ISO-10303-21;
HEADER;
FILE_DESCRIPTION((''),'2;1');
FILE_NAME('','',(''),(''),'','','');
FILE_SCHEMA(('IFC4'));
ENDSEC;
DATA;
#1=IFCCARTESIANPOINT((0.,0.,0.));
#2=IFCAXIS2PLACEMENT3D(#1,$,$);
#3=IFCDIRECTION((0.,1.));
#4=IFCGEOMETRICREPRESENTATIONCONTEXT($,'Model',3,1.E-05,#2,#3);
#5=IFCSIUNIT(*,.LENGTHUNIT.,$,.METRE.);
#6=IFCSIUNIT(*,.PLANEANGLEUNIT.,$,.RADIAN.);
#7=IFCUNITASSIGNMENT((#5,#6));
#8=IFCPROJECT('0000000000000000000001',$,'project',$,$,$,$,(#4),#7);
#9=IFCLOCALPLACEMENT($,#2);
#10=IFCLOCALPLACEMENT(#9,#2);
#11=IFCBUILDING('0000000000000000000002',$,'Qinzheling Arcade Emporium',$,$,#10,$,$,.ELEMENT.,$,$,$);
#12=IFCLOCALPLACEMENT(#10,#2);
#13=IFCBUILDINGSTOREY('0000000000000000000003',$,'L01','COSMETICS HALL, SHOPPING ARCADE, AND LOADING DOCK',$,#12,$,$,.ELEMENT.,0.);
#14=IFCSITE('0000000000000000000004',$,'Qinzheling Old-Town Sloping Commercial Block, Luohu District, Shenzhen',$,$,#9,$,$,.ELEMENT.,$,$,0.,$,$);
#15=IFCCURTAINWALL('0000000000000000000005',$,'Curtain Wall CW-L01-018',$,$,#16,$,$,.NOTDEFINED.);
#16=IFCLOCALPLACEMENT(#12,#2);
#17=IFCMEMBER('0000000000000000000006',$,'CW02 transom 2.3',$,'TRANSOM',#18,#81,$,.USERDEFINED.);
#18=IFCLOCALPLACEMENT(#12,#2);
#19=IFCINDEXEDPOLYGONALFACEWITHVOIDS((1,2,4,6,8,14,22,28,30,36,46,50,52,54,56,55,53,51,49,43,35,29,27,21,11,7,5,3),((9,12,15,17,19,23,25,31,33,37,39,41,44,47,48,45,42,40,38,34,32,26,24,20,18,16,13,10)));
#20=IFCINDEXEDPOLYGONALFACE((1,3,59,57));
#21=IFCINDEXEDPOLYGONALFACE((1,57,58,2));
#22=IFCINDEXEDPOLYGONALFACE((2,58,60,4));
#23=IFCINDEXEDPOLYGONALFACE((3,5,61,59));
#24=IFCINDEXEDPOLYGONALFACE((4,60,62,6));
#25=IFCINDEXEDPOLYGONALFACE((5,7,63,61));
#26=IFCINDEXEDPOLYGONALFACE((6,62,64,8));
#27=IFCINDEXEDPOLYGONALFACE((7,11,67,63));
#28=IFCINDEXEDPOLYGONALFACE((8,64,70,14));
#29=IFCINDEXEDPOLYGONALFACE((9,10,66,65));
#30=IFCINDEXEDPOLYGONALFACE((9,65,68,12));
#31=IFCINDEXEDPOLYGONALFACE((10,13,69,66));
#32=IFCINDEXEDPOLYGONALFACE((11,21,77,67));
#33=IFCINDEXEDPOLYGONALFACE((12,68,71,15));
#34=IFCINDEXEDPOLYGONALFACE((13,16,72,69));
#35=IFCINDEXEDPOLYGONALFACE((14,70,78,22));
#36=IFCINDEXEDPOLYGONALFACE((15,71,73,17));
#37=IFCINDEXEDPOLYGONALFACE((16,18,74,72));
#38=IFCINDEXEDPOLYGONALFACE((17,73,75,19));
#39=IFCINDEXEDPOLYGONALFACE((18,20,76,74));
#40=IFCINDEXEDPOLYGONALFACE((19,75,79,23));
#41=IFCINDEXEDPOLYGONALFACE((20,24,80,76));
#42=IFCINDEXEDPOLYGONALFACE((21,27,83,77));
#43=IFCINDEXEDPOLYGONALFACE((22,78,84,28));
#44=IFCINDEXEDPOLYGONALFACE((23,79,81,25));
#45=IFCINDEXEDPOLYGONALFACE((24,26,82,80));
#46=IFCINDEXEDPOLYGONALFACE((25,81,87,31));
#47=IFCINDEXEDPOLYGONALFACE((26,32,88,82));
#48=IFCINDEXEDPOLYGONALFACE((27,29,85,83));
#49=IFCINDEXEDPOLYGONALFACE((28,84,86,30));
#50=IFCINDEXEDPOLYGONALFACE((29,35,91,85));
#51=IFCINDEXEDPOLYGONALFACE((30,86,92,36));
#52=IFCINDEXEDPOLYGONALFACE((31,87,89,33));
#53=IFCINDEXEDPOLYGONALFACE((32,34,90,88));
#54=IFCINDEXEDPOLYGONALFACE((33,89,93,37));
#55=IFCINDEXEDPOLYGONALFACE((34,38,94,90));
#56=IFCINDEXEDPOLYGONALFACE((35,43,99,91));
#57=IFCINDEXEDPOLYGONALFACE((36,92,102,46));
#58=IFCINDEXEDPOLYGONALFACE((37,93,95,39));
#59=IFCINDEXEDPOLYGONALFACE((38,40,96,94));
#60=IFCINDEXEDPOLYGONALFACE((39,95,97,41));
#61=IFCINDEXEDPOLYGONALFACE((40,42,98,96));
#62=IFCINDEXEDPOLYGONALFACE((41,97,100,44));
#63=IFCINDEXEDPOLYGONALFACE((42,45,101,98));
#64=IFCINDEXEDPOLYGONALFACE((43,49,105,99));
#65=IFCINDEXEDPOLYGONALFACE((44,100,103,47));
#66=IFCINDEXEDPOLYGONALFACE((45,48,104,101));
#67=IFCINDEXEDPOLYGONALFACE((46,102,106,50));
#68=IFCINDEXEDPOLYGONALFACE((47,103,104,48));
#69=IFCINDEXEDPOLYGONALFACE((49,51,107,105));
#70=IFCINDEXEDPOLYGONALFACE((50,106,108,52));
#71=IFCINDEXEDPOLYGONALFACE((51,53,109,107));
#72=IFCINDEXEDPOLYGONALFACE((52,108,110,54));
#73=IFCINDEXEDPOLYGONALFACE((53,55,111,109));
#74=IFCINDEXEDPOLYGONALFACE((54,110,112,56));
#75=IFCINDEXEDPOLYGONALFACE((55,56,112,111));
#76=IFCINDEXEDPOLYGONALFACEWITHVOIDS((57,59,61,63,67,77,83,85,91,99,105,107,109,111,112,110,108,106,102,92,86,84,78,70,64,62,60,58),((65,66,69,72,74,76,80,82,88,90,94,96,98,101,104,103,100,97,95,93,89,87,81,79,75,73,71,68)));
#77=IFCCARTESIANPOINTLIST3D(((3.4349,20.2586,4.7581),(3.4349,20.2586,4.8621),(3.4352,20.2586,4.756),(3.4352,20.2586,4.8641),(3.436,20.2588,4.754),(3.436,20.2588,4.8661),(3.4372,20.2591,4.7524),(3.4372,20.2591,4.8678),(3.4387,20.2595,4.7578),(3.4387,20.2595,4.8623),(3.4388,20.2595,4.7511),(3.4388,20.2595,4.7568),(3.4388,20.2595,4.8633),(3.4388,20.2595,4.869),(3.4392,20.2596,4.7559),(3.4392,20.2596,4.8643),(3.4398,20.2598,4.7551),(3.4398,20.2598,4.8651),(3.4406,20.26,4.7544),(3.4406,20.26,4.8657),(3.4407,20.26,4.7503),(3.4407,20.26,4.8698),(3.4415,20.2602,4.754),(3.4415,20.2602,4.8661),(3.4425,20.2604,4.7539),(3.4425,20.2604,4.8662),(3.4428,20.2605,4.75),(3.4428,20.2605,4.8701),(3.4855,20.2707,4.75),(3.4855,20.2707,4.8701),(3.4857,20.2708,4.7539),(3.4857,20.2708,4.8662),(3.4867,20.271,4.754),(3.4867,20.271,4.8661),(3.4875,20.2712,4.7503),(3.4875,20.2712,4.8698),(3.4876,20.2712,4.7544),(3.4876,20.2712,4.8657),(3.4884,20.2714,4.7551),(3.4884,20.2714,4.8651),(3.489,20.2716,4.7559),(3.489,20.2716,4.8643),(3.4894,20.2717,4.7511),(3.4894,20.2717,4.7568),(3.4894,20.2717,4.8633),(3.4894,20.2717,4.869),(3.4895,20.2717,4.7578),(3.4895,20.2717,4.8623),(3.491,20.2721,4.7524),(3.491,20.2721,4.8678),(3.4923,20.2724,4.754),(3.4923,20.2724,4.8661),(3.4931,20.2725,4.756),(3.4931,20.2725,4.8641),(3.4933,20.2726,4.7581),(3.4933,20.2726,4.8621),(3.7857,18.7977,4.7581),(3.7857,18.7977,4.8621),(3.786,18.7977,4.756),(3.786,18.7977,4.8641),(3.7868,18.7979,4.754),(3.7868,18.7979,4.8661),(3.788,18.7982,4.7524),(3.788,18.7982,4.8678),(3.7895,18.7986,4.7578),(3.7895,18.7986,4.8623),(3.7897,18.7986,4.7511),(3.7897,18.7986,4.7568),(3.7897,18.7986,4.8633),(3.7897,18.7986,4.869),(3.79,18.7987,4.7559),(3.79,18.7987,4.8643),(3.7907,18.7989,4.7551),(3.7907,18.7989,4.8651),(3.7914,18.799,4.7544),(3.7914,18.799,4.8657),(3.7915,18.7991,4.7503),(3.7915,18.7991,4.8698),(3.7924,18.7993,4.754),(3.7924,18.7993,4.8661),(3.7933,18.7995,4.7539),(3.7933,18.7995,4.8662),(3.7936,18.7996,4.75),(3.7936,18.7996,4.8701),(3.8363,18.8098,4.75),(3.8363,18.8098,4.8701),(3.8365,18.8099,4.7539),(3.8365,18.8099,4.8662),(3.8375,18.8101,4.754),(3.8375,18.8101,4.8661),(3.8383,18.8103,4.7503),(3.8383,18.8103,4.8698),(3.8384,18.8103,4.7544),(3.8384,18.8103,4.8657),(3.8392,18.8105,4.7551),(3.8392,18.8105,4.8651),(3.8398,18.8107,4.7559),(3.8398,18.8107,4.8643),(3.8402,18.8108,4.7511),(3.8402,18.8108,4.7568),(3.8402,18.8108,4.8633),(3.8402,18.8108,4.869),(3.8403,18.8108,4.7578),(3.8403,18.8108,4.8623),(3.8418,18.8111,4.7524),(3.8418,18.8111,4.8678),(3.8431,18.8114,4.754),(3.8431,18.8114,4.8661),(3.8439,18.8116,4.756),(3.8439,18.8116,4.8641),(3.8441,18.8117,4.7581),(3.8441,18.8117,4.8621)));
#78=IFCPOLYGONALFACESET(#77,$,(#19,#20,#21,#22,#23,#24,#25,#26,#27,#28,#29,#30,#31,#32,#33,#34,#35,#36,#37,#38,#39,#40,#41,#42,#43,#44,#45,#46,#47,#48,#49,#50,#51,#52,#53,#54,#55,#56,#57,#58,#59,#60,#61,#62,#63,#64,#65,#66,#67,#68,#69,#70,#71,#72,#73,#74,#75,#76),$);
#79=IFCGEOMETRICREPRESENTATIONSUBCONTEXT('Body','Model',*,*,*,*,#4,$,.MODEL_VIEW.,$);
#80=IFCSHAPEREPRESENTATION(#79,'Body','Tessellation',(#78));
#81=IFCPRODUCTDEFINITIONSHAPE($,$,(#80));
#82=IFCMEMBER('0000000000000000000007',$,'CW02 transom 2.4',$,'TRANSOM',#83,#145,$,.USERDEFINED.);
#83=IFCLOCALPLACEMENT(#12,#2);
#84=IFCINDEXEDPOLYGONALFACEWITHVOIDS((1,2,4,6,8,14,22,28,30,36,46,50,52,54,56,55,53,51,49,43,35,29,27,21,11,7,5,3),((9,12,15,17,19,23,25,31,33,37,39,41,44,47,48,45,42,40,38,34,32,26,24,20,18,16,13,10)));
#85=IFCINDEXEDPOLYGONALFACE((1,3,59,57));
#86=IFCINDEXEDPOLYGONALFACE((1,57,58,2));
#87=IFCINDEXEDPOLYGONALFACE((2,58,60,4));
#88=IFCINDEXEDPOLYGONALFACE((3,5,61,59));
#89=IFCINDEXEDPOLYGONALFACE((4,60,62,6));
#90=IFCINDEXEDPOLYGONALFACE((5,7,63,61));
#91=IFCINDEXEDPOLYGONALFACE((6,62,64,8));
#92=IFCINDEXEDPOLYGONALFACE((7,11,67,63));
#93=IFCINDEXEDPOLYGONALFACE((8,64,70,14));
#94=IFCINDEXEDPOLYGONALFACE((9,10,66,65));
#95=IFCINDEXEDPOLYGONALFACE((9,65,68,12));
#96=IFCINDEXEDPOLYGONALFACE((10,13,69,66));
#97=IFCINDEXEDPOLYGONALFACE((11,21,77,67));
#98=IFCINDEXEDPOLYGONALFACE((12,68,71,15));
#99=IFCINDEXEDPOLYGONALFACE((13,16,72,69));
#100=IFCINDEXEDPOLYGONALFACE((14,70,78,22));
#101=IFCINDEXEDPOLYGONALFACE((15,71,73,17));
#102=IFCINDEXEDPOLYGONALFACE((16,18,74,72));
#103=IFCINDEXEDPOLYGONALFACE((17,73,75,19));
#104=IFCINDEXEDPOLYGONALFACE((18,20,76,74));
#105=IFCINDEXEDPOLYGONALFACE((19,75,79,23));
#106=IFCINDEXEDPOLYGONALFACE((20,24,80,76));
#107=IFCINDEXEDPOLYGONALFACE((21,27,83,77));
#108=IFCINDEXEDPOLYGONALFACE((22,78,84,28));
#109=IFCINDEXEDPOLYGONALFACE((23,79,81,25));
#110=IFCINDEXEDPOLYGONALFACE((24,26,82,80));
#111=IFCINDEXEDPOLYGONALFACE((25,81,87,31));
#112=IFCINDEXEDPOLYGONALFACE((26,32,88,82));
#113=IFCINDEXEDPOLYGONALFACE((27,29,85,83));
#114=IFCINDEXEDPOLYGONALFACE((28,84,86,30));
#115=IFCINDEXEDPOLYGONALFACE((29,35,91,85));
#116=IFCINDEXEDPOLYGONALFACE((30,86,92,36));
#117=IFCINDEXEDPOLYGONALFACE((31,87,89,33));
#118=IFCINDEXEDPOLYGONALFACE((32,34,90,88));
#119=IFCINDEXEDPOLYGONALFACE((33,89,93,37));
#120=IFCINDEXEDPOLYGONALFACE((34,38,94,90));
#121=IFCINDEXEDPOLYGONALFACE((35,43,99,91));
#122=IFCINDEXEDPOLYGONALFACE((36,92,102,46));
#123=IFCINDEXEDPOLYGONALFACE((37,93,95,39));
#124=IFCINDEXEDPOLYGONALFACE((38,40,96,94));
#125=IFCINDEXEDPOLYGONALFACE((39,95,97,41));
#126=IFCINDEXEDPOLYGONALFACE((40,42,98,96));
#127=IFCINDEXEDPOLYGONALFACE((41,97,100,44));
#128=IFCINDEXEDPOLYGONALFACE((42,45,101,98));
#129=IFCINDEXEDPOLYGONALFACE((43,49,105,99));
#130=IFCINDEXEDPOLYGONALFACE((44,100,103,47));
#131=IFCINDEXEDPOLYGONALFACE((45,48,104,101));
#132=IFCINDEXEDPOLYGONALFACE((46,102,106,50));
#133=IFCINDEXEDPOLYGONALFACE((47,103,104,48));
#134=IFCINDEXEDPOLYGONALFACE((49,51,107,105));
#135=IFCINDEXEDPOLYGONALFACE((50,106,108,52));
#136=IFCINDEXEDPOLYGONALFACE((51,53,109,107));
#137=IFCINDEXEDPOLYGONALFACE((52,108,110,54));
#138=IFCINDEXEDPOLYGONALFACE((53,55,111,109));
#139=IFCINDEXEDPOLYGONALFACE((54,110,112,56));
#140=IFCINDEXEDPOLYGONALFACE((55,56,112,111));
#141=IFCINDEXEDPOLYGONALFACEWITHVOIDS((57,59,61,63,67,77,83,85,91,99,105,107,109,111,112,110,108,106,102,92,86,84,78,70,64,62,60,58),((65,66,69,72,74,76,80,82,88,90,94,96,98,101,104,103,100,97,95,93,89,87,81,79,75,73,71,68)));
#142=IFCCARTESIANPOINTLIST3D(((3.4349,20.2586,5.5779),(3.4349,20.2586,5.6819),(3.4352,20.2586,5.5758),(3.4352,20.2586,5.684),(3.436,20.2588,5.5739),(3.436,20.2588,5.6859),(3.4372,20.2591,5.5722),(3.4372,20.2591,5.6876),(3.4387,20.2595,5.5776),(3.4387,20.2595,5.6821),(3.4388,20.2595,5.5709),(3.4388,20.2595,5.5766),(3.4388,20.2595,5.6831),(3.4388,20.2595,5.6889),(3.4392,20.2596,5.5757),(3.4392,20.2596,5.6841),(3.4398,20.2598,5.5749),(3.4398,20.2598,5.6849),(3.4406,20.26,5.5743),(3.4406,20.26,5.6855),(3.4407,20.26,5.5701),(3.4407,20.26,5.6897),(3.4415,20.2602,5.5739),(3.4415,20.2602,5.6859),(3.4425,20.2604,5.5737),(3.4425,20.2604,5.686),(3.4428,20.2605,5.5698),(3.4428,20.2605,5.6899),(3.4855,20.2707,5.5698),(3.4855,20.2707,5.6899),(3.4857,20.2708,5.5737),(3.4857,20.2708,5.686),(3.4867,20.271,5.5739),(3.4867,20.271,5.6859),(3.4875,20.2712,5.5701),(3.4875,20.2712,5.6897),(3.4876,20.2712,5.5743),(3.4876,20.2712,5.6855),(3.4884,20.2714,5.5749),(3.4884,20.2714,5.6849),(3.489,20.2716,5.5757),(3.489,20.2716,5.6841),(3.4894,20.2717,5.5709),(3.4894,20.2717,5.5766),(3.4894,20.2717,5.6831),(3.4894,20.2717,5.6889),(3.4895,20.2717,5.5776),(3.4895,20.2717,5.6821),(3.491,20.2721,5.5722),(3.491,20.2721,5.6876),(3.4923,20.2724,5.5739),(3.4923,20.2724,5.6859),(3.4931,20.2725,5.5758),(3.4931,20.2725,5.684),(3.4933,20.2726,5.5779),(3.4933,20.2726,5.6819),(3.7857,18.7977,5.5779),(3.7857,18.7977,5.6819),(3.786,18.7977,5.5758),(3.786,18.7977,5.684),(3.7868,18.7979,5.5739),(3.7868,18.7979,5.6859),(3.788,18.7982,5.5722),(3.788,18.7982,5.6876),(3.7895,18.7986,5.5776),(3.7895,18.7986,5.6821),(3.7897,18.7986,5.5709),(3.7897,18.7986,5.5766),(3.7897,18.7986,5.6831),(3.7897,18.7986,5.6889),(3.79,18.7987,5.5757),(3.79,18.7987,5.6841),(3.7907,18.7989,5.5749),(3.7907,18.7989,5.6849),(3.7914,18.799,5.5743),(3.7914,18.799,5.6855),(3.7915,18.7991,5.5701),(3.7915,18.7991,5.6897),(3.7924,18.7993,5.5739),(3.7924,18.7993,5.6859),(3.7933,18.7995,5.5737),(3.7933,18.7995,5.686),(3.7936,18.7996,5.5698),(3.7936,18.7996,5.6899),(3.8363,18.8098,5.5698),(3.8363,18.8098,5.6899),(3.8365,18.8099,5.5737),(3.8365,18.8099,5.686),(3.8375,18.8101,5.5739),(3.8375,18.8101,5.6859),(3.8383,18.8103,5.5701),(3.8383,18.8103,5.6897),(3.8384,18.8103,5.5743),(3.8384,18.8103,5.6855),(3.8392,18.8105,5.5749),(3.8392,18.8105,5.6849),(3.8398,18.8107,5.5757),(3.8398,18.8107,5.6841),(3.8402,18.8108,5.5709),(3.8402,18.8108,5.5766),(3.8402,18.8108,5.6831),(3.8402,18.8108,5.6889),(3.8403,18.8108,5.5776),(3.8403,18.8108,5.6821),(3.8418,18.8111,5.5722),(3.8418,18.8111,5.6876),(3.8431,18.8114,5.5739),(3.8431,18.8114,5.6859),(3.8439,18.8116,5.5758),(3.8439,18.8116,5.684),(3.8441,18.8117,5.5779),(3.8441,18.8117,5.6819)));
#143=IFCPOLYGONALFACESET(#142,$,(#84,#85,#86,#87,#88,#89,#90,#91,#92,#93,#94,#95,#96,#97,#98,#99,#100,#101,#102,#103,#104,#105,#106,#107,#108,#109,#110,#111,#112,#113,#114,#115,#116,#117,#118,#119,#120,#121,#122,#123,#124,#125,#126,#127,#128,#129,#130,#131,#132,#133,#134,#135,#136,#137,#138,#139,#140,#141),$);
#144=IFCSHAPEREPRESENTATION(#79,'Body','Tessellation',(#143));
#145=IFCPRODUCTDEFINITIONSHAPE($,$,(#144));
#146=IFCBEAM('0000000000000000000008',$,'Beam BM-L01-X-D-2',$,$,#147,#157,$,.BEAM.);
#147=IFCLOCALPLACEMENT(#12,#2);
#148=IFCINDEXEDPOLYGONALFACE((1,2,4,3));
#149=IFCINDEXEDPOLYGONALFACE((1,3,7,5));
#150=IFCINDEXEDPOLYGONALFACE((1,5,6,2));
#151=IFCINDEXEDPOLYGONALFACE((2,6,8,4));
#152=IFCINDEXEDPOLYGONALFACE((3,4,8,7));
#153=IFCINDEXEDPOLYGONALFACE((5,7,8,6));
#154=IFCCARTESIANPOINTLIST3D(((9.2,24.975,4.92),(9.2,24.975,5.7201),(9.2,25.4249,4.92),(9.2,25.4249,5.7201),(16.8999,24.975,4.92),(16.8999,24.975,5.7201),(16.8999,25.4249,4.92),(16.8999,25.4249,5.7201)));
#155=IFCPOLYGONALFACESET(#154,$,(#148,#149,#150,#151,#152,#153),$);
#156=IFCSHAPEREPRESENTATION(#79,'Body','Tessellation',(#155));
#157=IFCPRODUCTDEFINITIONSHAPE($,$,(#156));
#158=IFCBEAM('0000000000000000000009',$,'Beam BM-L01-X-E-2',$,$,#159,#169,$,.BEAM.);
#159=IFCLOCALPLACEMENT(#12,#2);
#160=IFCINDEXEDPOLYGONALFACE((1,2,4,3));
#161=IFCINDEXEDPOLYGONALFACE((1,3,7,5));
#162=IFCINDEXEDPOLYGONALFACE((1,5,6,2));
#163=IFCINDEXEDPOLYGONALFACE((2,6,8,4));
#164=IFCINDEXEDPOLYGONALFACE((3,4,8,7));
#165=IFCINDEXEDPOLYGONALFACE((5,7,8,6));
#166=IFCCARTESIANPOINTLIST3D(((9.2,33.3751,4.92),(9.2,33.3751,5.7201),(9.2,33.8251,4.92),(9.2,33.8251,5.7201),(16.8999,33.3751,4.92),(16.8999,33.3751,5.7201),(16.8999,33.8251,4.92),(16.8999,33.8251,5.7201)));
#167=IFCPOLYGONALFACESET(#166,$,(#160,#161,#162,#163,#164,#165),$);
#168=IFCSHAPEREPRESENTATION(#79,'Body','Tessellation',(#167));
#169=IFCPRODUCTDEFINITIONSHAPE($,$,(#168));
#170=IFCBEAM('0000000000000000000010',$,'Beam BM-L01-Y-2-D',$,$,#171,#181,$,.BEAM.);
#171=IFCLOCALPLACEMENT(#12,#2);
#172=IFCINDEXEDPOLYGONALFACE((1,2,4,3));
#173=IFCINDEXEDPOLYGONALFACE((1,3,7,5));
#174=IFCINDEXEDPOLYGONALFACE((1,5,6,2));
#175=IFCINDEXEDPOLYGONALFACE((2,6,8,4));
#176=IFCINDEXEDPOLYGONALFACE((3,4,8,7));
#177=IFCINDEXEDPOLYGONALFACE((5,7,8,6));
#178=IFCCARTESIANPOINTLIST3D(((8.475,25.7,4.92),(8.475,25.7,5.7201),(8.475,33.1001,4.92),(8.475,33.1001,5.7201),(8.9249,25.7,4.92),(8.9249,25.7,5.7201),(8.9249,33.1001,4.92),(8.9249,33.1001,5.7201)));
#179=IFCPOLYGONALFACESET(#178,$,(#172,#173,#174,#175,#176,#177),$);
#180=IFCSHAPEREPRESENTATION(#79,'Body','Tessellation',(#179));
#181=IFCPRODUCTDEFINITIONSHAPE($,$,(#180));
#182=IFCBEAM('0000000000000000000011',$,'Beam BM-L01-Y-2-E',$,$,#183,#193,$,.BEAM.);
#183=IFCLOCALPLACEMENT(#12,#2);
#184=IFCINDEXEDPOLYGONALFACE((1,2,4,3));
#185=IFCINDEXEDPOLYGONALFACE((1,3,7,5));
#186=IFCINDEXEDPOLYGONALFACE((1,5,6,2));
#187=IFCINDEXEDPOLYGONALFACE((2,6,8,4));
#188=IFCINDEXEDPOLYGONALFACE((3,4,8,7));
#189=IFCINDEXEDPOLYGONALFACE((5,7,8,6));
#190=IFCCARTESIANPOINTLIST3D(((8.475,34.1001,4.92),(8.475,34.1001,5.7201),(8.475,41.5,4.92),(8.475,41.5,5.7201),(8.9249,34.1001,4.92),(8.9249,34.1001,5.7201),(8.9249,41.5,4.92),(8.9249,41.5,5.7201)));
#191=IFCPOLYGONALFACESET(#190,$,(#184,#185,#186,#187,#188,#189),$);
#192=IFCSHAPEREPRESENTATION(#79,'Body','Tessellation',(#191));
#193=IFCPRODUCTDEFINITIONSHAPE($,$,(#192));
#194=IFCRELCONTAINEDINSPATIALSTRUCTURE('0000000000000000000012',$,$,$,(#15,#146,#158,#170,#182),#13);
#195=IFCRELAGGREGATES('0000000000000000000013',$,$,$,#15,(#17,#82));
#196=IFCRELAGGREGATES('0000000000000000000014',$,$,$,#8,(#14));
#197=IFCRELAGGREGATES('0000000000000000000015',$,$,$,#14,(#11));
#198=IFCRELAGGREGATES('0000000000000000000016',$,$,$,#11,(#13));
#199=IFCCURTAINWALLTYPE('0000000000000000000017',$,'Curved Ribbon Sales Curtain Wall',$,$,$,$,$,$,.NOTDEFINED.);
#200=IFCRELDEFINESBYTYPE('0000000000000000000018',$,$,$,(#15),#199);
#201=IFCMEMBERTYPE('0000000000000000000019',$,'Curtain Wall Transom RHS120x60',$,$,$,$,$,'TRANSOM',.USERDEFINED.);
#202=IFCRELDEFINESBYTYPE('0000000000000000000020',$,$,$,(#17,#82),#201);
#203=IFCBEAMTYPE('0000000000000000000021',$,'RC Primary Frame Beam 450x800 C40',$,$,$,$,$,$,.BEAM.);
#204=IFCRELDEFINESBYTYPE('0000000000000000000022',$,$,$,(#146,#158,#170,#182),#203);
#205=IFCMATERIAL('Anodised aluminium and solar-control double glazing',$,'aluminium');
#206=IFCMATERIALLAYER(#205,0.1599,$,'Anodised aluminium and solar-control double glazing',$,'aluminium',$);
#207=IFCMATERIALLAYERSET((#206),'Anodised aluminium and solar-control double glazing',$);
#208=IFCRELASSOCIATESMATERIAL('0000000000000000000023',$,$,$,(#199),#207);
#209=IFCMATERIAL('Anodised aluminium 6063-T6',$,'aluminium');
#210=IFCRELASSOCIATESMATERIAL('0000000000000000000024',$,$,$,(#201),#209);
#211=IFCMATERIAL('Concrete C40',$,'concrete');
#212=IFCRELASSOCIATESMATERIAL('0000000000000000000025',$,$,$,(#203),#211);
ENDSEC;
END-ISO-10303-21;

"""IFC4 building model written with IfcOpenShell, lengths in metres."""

from ifc_helpers import new_model, si_unit, direction, frame, origin, origin_2d, place, context, subcontext, project, spatial, rectangle, hollow_rectangle, extrude, material, layer, layer_set, material_profile, profile_set, type_object, element, aggregate, save


model = new_model("IFC4")

# Units and contexts
model_context = context("Model", 3, precision=1e-05, world=origin(), true_north=direction((0.0, 1.0)))
body_context = subcontext(model_context, "Body", "Model", "MODEL_VIEW")
ifc_project = project(units=[si_unit("LENGTHUNIT", "METRE"), si_unit("PLANEANGLEUNIT", "RADIAN")], contexts=[model_context])

# Site, building, storey
site_placement = place(None, origin())
site = spatial("IfcSite", under=ifc_project, at=site_placement, Name="Qinzheling Old-Town Sloping Commercial Block, Luohu District, Shenzhen", CompositionType="ELEMENT", RefElevation=0.0)
building_placement = place(site_placement, origin())
building = spatial("IfcBuilding", under=site, at=building_placement, Name="Qinzheling Arcade Emporium", CompositionType="ELEMENT")
storey_placement = place(building_placement, origin())
storey = spatial("IfcBuildingStorey", under=building, at=storey_placement, Name="L01", Description="COSMETICS HALL, SHOPPING ARCADE, AND LOADING DOCK", CompositionType="ELEMENT", Elevation=0.0)

# Curtain wall, members
ifc_material_1 = material(Name="Anodised aluminium and solar-control double glazing", Category="aluminium")
ifc_layer_1 = layer(ifc_material_1, 0.1599, Name="Anodised aluminium and solar-control double glazing", Category="aluminium")
ifc_layer_set_1 = layer_set([ifc_layer_1], Name="Anodised aluminium and solar-control double glazing")
curtain_wall_type = type_object("IfcCurtainWallType", Name="Curved Ribbon Sales Curtain Wall", PredefinedType="NOTDEFINED", material=ifc_layer_set_1)
curtain_wall_placement = place(storey_placement, origin())
curtain_wall = element("IfcCurtainWall", 1, at=curtain_wall_placement, inside=storey, type_object=curtain_wall_type, Name="Curtain Wall CW-L01-018", PredefinedType="NOTDEFINED")
ifc_material_2 = material(Name="Anodised aluminium 6063-T6", Category="aluminium")
ifc_material_profile_1 = material_profile(ifc_material_2, hollow_rectangle(XDim=0.0601, YDim=0.1201, WallThickness=0.0039, InnerFilletRadius=0.0039, OuterFilletRadius=0.0081, at=origin_2d()), Name="RHS 120x60x4", Category="aluminium")
ifc_profile_set_1 = profile_set([ifc_material_profile_1], Name="Anodised aluminium 6063-T6")
member_type_1 = type_object("IfcMemberType", Name="Curtain Wall Transom RHS120x60", ElementType="TRANSOM", PredefinedType="USERDEFINED", material=ifc_profile_set_1)
member_1_placement = place(storey_placement, frame((3.8149, 18.8047, 4.8101), z_axis=(-0.233502, 0.972356, 0.0), x_axis=(-0.972356, -0.233502, 0.0)))
member_1 = element("IfcMember", 2, at=member_1_placement, type_object=member_type_1, Name="CW02 transom 2.3", ObjectType="TRANSOM", PredefinedType="USERDEFINED", context=body_context, shape_type="SweptSolid", body=[
    extrude(hollow_rectangle(XDim=0.0601, YDim=0.1201, WallThickness=0.0039, InnerFilletRadius=0.0039, OuterFilletRadius=0.0081, at=origin_2d()), origin(), (0.0, 0.0, 1.0), 1.5024),
])
member_2_placement = place(storey_placement, frame((3.8149, 18.8047, 5.6299), z_axis=(-0.233502, 0.972356, 0.0), x_axis=(-0.972356, -0.233502, 0.0)))
member_2 = element("IfcMember", 3, at=member_2_placement, type_object=member_type_1, Name="CW02 transom 2.4", ObjectType="TRANSOM", PredefinedType="USERDEFINED", context=body_context, shape_type="SweptSolid", body=[
    extrude(hollow_rectangle(XDim=0.0601, YDim=0.1201, WallThickness=0.0039, InnerFilletRadius=0.0039, OuterFilletRadius=0.0081, at=origin_2d()), origin(), (0.0, 0.0, 1.0), 1.5024),
])

# Beams
ifc_material_3 = material(Name="Concrete C40", Category="concrete")
ifc_material_profile_2 = material_profile(ifc_material_3, rectangle(XDim=0.45, YDim=0.8, at=origin_2d()), Name="RC 450x800", Category="concrete")
ifc_profile_set_2 = profile_set([ifc_material_profile_2], Name="Concrete C40")
beam_type_1 = type_object("IfcBeamType", Name="RC Primary Frame Beam 450x800 C40", PredefinedType="BEAM", material=ifc_profile_set_2)
for number, where, z_axis, x_axis, name in (
    (4, (9.2, 25.2, 5.3201), (1.0, 0.0, 0.0), (0.0, 1.0, 0.0), "Beam BM-L01-X-D-2"),
    (5, (9.2, 33.6001, 5.3201), (1.0, 0.0, 0.0), (0.0, 1.0, 0.0), "Beam BM-L01-X-E-2"),
):
    element("IfcBeam", number, at=place(storey_placement, frame(where, z_axis=z_axis, x_axis=x_axis)), inside=storey, type_object=beam_type_1, Name=name, PredefinedType="BEAM", context=body_context, shape_type="SweptSolid", body=[
        extrude(rectangle(XDim=0.45, YDim=0.8, at=origin_2d()), origin(), (0.0, 0.0, 1.0), 7.7),
    ])
beam_1_placement = place(storey_placement, frame((8.7, 25.7, 5.3201), z_axis=(0.0, 1.0, 0.0), x_axis=(-1.0, 0.0, 0.0)))
element("IfcBeam", 6, at=beam_1_placement, inside=storey, type_object=beam_type_1, Name="Beam BM-L01-Y-2-D", PredefinedType="BEAM", context=body_context, shape_type="SweptSolid", body=[
    extrude(rectangle(XDim=0.45, YDim=0.8, at=origin_2d()), origin(), (0.0, 0.0, 1.0), 7.4001),
])
beam_2_placement = place(storey_placement, frame((8.7, 34.1001, 5.3201), z_axis=(0.0, 1.0, 0.0), x_axis=(-1.0, 0.0, 0.0)))
element("IfcBeam", 7, at=beam_2_placement, inside=storey, type_object=beam_type_1, Name="Beam BM-L01-Y-2-E", PredefinedType="BEAM", context=body_context, shape_type="SweptSolid", body=[
    extrude(rectangle(XDim=0.45, YDim=0.8, at=origin_2d()), origin(), (0.0, 0.0, 1.0), 7.3999),
])

aggregate(curtain_wall, [member_1, member_2])

save(model, "model.ifc")
